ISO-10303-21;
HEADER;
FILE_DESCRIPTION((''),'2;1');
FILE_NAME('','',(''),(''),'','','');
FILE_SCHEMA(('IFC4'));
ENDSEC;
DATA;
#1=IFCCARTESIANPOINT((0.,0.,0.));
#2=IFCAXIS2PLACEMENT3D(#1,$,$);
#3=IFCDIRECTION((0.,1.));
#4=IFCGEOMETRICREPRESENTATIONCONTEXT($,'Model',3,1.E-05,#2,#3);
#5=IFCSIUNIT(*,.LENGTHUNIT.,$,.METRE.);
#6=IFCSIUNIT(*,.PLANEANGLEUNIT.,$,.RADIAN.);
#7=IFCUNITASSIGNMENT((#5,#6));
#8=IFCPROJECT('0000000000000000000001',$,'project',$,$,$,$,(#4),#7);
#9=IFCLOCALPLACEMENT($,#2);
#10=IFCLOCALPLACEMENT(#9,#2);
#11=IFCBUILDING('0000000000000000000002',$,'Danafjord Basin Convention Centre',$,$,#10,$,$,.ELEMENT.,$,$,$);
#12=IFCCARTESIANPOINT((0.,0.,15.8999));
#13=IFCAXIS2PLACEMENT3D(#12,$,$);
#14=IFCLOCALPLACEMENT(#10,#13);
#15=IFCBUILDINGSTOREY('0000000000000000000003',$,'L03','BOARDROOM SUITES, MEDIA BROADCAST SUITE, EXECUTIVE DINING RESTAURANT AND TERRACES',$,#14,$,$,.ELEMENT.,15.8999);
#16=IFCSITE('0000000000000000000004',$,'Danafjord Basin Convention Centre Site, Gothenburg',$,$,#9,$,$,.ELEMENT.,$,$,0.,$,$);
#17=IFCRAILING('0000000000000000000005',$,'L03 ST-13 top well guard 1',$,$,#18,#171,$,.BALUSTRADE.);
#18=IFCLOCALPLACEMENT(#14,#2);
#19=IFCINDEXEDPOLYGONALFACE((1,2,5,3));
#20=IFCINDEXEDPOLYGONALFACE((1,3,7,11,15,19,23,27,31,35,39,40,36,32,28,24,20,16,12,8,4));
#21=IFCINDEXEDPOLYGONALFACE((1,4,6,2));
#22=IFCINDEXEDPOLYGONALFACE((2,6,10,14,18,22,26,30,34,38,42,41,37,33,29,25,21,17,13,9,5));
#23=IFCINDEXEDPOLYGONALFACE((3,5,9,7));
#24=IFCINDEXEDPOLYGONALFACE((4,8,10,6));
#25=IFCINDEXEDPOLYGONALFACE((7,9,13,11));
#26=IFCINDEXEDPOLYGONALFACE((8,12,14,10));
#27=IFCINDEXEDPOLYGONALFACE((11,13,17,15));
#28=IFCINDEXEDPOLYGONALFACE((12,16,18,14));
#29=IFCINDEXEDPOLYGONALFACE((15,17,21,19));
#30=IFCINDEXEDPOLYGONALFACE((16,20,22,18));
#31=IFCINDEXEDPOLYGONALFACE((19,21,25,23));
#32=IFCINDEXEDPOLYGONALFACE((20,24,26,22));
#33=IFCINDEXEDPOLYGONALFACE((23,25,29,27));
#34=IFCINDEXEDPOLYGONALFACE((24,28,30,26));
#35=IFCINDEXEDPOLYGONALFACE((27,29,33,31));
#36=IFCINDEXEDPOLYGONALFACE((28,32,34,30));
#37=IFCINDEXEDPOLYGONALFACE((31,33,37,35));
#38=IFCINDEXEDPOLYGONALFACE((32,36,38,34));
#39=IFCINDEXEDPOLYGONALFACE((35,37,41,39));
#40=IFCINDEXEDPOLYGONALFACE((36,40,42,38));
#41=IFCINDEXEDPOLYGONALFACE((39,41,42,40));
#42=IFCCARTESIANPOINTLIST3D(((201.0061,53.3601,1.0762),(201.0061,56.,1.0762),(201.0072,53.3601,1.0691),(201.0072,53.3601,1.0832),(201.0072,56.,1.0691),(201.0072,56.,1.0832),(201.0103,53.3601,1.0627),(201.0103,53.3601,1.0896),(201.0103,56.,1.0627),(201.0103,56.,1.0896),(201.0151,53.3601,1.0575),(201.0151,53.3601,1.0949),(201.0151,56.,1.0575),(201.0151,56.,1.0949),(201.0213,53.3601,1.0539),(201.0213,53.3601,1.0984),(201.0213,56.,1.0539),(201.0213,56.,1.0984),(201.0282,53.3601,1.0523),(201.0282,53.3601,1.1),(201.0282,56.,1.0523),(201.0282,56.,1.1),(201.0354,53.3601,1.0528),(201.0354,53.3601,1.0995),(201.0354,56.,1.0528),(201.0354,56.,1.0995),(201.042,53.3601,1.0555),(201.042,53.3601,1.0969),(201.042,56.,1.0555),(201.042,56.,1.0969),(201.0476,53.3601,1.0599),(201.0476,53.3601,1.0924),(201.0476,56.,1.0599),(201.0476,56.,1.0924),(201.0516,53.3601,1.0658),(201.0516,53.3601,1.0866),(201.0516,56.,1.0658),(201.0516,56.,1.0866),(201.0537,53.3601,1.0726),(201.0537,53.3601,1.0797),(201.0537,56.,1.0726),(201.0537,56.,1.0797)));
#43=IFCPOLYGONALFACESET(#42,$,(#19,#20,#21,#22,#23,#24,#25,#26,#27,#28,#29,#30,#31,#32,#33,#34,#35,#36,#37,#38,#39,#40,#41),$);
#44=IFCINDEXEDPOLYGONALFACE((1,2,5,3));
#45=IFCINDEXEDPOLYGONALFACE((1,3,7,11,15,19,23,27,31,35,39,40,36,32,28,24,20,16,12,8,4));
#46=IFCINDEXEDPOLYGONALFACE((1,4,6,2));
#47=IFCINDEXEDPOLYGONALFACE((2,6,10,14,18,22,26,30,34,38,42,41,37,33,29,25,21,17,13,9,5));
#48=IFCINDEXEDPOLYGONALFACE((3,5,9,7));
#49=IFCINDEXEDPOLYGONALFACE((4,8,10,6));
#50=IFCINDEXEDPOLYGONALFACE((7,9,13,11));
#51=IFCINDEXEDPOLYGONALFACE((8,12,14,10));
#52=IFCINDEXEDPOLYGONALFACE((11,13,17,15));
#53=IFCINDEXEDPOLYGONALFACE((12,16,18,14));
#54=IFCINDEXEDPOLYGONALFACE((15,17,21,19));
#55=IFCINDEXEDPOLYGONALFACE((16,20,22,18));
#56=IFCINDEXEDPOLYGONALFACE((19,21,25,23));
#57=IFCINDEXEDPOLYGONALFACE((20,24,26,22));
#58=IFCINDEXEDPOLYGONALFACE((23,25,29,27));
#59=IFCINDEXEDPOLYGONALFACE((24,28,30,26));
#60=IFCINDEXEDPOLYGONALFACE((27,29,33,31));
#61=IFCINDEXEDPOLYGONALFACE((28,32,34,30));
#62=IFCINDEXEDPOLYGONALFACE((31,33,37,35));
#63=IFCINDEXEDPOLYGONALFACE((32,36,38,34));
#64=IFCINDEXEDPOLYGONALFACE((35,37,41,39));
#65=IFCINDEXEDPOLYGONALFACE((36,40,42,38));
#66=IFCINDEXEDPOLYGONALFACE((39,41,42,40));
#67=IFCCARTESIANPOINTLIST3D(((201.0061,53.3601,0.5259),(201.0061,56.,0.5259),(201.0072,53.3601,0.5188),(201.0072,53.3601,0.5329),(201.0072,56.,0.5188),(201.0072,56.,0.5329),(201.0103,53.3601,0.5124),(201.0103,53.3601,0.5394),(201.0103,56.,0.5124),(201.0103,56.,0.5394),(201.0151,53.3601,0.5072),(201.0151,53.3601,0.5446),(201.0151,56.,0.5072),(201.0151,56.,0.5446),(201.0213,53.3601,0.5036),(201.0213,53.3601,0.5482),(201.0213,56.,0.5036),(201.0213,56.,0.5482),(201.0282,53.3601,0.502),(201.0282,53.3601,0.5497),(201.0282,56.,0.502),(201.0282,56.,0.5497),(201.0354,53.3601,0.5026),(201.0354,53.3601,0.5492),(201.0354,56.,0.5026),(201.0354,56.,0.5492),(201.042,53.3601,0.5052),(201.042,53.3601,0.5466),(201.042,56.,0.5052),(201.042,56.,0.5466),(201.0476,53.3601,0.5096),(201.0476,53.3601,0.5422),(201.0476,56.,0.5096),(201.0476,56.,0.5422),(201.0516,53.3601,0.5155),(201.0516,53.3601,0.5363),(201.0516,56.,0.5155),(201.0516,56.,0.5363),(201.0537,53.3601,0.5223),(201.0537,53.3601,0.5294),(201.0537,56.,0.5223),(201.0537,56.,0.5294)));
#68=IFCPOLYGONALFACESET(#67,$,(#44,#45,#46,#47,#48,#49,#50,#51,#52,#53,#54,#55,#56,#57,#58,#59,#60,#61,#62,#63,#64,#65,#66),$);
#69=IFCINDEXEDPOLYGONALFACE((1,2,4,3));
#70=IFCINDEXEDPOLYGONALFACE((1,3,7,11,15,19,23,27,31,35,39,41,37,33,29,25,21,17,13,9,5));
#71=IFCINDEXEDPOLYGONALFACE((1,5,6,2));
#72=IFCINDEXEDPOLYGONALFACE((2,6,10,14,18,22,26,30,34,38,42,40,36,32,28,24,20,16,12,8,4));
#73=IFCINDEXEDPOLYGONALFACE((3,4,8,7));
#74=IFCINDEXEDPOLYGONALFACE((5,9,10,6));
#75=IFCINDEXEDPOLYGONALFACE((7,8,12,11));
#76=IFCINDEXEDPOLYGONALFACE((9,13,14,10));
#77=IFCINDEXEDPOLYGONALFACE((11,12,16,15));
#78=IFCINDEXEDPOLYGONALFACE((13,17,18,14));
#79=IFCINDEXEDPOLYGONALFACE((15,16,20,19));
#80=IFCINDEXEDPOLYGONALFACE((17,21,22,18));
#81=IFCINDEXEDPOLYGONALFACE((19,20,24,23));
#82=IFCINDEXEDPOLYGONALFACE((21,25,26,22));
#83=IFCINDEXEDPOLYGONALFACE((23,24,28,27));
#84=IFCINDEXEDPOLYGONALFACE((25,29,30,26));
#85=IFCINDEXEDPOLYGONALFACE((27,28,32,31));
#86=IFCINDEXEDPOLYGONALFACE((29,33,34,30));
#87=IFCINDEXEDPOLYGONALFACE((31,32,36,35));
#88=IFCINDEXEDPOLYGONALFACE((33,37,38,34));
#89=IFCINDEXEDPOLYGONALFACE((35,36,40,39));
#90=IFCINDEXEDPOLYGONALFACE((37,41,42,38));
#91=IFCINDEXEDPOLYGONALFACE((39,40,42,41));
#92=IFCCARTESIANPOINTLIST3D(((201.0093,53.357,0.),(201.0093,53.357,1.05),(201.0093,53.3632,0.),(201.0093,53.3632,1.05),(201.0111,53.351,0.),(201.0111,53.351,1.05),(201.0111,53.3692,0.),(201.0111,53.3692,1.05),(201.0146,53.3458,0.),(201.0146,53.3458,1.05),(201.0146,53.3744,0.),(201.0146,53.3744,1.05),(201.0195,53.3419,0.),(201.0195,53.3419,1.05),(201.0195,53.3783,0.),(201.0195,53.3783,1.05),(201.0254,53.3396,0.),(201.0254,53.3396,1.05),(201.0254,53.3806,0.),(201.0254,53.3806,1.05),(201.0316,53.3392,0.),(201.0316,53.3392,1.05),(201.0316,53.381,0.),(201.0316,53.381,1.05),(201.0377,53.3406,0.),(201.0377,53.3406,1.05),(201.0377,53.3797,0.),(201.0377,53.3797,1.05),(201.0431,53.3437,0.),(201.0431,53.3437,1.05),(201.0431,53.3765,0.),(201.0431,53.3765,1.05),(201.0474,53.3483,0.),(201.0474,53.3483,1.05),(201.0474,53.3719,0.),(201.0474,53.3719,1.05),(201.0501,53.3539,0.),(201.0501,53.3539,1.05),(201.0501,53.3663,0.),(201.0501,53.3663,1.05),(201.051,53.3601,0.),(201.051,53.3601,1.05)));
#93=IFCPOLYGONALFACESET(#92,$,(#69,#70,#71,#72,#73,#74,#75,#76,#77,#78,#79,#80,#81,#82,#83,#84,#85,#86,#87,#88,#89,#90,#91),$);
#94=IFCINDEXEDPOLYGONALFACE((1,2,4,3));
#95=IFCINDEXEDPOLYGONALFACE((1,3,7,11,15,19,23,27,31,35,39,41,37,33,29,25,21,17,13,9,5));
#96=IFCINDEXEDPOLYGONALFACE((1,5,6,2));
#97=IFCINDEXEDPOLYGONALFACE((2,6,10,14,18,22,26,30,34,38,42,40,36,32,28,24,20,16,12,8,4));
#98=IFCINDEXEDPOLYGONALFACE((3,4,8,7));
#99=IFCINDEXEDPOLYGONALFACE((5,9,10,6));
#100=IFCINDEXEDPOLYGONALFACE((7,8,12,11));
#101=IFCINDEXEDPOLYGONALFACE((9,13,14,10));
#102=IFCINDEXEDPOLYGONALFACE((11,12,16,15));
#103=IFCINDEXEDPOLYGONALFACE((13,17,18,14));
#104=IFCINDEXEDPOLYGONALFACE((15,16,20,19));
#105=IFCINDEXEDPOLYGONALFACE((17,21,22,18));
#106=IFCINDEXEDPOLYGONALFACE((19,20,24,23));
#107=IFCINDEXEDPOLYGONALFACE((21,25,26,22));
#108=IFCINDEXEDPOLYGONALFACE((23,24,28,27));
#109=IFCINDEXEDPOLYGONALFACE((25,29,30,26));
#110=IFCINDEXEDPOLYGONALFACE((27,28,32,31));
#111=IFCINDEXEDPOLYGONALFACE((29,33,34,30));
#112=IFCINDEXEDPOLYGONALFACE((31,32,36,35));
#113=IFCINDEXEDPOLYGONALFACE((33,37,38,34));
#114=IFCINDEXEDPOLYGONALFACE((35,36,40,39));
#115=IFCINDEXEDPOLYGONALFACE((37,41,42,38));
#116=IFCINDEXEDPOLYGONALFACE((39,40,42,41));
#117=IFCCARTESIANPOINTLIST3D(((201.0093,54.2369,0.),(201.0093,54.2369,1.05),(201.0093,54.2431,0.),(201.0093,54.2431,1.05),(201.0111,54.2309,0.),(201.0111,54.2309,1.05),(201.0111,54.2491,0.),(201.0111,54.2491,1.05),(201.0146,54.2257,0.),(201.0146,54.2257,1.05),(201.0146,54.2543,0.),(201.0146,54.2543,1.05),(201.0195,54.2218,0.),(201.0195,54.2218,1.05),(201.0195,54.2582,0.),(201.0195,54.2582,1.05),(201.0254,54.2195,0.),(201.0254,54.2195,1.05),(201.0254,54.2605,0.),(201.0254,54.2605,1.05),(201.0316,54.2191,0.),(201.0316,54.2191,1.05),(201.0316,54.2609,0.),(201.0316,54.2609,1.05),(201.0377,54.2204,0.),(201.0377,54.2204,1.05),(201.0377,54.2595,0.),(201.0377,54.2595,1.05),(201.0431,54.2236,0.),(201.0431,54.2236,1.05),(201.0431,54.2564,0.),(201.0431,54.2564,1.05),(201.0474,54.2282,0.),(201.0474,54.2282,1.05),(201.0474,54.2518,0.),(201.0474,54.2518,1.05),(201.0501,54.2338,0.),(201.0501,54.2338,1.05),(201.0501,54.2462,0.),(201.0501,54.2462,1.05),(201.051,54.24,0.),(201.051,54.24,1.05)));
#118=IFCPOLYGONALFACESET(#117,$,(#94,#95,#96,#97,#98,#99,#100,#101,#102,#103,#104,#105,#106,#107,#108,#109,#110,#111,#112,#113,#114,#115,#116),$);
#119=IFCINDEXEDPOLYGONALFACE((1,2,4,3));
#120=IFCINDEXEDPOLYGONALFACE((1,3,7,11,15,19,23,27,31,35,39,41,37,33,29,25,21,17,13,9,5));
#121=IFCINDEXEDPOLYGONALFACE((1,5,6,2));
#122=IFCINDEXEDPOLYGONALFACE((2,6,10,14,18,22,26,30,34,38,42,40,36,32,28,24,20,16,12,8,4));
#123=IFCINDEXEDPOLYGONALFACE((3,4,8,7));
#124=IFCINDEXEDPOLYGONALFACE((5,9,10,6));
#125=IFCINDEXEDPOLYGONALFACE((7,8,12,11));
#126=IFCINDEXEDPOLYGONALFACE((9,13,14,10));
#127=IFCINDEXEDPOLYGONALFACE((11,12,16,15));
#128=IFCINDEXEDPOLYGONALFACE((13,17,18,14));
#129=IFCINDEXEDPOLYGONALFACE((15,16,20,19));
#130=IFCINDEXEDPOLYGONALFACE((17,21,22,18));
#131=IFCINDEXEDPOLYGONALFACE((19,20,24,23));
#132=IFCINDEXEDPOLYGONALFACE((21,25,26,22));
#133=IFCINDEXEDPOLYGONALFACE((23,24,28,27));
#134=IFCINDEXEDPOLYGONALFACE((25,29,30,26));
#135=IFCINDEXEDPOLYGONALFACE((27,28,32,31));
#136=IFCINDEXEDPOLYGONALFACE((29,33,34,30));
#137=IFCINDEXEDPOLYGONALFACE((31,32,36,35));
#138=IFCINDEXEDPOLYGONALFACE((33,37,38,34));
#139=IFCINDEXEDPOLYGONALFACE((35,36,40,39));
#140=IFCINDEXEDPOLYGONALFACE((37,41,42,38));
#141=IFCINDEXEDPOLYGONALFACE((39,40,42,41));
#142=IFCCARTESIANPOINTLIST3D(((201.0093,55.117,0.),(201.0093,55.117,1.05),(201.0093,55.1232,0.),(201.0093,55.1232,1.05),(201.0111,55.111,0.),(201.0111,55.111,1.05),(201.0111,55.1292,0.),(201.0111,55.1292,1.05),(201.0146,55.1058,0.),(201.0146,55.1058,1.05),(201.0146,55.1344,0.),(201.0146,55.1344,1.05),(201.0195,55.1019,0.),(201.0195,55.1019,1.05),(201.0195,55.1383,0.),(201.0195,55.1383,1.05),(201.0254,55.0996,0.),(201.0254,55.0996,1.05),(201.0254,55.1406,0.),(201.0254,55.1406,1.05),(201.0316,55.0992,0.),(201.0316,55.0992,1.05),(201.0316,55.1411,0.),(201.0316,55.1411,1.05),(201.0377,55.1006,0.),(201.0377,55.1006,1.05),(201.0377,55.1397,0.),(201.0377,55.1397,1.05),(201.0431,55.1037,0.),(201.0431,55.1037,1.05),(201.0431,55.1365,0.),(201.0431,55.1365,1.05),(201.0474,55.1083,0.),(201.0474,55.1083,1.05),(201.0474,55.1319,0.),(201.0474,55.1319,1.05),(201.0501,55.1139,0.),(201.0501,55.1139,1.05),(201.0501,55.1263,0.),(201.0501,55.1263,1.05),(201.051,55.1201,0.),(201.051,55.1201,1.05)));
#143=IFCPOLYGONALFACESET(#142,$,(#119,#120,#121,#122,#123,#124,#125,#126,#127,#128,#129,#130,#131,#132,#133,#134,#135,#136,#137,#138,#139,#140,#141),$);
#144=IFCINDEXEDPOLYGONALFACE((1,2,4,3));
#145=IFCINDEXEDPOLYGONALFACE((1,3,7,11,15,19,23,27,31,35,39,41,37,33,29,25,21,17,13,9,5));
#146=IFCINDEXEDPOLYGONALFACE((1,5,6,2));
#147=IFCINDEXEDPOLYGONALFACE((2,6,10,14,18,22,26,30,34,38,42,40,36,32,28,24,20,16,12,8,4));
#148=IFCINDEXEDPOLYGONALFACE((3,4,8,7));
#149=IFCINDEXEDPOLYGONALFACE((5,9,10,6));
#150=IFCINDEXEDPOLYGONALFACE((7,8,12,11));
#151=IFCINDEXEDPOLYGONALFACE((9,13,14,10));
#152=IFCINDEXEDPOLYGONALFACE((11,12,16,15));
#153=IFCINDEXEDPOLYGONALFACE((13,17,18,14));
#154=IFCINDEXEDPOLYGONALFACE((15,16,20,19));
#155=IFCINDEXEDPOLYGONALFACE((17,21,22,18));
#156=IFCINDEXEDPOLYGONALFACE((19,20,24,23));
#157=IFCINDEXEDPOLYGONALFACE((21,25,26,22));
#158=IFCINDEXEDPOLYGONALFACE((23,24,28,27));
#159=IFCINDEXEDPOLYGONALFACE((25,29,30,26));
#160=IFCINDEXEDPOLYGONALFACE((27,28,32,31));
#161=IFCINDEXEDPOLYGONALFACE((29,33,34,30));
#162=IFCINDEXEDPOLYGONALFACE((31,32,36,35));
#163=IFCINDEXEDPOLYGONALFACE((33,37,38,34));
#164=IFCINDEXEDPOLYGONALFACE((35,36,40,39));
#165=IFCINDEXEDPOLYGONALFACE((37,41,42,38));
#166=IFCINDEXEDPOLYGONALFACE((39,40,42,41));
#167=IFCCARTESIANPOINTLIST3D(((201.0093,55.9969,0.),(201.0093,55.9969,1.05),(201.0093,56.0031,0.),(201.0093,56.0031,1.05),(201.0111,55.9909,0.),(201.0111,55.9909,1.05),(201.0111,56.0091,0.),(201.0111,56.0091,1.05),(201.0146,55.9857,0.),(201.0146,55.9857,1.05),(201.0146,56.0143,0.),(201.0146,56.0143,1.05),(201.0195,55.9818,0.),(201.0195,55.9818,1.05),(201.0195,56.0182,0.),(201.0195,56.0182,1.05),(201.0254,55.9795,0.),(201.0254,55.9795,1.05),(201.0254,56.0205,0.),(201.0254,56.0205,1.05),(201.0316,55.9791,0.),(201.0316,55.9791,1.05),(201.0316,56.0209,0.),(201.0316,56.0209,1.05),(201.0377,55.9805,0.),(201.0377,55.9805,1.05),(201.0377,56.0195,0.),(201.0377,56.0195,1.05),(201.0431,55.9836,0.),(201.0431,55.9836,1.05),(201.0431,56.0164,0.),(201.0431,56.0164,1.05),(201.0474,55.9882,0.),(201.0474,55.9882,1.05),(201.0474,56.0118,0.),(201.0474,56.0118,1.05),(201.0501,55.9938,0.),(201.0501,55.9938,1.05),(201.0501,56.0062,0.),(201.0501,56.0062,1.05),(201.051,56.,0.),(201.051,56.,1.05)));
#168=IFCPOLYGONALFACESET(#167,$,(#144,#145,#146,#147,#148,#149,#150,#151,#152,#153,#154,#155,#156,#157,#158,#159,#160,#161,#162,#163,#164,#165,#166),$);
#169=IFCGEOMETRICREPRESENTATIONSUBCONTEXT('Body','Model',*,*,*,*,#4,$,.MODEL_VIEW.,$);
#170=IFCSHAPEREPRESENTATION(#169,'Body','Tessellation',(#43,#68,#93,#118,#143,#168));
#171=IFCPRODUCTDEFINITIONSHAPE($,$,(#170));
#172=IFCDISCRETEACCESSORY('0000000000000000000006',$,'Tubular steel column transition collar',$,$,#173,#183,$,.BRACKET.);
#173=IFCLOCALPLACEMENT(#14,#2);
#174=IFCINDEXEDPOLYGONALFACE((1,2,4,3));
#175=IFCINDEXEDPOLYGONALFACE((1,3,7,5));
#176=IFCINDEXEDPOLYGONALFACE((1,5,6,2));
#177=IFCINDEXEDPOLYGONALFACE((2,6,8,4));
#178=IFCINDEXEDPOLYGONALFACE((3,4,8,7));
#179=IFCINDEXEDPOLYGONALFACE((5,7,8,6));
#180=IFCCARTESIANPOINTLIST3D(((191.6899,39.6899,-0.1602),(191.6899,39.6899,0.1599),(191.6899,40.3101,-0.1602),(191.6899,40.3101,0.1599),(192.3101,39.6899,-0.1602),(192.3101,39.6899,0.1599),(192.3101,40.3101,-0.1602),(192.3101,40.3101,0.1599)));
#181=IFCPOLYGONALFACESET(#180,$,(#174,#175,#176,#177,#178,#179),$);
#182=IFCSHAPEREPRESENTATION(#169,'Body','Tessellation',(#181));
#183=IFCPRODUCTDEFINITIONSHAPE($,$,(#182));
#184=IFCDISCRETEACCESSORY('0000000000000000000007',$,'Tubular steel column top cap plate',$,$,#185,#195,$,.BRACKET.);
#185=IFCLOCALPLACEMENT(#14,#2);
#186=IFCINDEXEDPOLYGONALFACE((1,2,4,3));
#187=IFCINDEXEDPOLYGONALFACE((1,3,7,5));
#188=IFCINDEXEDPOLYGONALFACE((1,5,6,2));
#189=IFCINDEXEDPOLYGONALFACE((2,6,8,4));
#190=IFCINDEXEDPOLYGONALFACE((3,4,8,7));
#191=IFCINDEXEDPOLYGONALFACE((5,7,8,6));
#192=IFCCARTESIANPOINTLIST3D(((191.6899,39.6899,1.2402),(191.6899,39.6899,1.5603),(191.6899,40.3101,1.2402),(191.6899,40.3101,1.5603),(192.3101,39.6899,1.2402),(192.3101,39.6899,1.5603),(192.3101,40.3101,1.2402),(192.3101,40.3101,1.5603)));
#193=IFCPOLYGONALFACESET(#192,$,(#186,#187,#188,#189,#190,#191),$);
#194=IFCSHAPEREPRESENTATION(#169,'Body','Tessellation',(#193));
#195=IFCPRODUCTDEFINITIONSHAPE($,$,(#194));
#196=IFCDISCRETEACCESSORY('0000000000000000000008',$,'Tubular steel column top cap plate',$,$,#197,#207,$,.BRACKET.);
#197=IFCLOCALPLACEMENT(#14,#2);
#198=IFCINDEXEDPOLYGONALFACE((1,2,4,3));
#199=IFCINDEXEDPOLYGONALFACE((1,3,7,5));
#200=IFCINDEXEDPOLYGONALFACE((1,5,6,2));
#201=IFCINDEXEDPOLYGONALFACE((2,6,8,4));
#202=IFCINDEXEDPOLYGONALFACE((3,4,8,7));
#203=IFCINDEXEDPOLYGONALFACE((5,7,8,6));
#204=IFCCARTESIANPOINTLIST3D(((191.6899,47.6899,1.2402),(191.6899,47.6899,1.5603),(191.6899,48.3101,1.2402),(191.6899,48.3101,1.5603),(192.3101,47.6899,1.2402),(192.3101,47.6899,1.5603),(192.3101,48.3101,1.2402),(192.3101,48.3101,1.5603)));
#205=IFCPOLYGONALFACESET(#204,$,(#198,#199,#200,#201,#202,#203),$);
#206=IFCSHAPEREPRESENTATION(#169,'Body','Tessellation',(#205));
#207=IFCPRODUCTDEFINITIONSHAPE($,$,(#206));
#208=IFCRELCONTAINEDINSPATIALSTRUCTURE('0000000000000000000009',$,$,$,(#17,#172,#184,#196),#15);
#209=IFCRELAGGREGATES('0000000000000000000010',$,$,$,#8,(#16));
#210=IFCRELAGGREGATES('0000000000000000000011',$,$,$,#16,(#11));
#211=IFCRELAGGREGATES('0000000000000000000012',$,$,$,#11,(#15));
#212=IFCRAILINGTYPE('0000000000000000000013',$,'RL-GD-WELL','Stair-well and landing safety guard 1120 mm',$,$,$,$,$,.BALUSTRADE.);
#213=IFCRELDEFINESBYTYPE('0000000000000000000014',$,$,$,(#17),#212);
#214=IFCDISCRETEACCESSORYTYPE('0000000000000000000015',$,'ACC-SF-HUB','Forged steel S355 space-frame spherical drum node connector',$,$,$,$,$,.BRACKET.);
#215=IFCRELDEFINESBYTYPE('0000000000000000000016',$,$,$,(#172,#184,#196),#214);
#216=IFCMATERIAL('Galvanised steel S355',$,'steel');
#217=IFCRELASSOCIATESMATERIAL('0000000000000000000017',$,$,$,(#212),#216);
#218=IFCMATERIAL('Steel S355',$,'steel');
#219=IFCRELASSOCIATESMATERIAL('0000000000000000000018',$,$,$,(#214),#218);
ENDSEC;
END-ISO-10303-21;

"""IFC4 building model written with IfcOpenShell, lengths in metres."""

from ifc_helpers import new_model, si_unit, direction, frame, origin, origin_2d, place, context, subcontext, project, spatial, rectangle, circle, extrude, material, type_object, element, save


model = new_model("IFC4")

# Units and contexts
model_context = context("Model", 3, precision=1e-05, world=origin(), true_north=direction((0.0, 1.0)))
body_context = subcontext(model_context, "Body", "Model", "MODEL_VIEW")
ifc_project = project(units=[si_unit("LENGTHUNIT", "METRE"), si_unit("PLANEANGLEUNIT", "RADIAN")], contexts=[model_context])

# Site, building, storey
site_placement = place(None, origin())
site = spatial("IfcSite", under=ifc_project, at=site_placement, Name="Danafjord Basin Convention Centre Site, Gothenburg", CompositionType="ELEMENT", RefElevation=0.0)
building_placement = place(site_placement, origin())
building = spatial("IfcBuilding", under=site, at=building_placement, Name="Danafjord Basin Convention Centre", CompositionType="ELEMENT")
storey_placement = place(building_placement, frame((0.0, 0.0, 15.8999)))
storey = spatial("IfcBuildingStorey", under=building, at=storey_placement, Name="L03", Description="BOARDROOM SUITES, MEDIA BROADCAST SUITE, EXECUTIVE DINING RESTAURANT AND TERRACES", CompositionType="ELEMENT", Elevation=15.8999)

# Shared definitions
ifc_material_1 = material(Name="Steel S355", Category="steel")

# Railing
ifc_material_2 = material(Name="Galvanised steel S355", Category="steel")
railing_type_1 = type_object("IfcRailingType", Name="RL-GD-WELL", Description="Stair-well and landing safety guard 1120 mm", PredefinedType="BALUSTRADE", material=ifc_material_2)
railing_1_placement = place(storey_placement, frame((201.03, 53.3601, 0.0)))
element("IfcRailing", 1, at=railing_1_placement, inside=storey, type_object=railing_type_1, Name="L03 ST-13 top well guard 1", PredefinedType="BALUSTRADE", context=body_context, shape_type="SweptSolid", body=[
    extrude(circle(Radius=0.0239, at=origin_2d()), frame((0.0, 0.0, 1.0762), z_axis=(0.0, 1.0, 0.0), x_axis=(-1.0, 0.0, 0.0)), (0.0, 0.0, 1.0), 2.6399),
    extrude(circle(Radius=0.0239, at=origin_2d()), frame((0.0, 0.0, 0.5259), z_axis=(0.0, 1.0, 0.0), x_axis=(-1.0, 0.0, 0.0)), (0.0, 0.0, 1.0), 2.6399),
    extrude(circle(Radius=0.021, at=origin_2d()), origin(), (0.0, 0.0, 1.0), 1.05),
    extrude(circle(Radius=0.021, at=origin_2d()), frame((0.0, 0.8799, 0.0)), (0.0, 0.0, 1.0), 1.05),
    extrude(circle(Radius=0.021, at=origin_2d()), frame((0.0, 1.76, 0.0)), (0.0, 0.0, 1.0), 1.05),
    extrude(circle(Radius=0.021, at=origin_2d()), frame((0.0, 2.6399, 0.0)), (0.0, 0.0, 1.0), 1.05),
])

# Discrete accessories
discrete_accessory_type = type_object("IfcDiscreteAccessoryType", Name="ACC-SF-HUB", Description="Forged steel S355 space-frame spherical drum node connector", PredefinedType="BRACKET", material=ifc_material_1)
for number, where, z_axis, x_axis, name in (
    (2, (192.0, 40.0, -0.1602), (0.0, 0.0, 1.0), (1.0, 0.0, 0.0), "Tubular steel column transition collar"),
    (3, (192.0, 40.0, 1.2402), (0.0, 0.0, 1.0), (1.0, 0.0, 0.0), "Tubular steel column top cap plate"),
    (4, (192.0, 48.0, 1.2402), (0.0, 0.0, 1.0), (1.0, 0.0, 0.0), "Tubular steel column top cap plate"),
):
    element("IfcDiscreteAccessory", number, at=place(storey_placement, frame(where, z_axis=z_axis, x_axis=x_axis)), inside=storey, type_object=discrete_accessory_type, Name=name, PredefinedType="BRACKET", context=body_context, shape_type="SweptSolid", body=[
        extrude(rectangle(XDim=0.6201, YDim=0.6201, at=origin_2d()), origin(), (0.0, 0.0, 1.0), 0.3201),
    ])

save(model, "model.ifc")
